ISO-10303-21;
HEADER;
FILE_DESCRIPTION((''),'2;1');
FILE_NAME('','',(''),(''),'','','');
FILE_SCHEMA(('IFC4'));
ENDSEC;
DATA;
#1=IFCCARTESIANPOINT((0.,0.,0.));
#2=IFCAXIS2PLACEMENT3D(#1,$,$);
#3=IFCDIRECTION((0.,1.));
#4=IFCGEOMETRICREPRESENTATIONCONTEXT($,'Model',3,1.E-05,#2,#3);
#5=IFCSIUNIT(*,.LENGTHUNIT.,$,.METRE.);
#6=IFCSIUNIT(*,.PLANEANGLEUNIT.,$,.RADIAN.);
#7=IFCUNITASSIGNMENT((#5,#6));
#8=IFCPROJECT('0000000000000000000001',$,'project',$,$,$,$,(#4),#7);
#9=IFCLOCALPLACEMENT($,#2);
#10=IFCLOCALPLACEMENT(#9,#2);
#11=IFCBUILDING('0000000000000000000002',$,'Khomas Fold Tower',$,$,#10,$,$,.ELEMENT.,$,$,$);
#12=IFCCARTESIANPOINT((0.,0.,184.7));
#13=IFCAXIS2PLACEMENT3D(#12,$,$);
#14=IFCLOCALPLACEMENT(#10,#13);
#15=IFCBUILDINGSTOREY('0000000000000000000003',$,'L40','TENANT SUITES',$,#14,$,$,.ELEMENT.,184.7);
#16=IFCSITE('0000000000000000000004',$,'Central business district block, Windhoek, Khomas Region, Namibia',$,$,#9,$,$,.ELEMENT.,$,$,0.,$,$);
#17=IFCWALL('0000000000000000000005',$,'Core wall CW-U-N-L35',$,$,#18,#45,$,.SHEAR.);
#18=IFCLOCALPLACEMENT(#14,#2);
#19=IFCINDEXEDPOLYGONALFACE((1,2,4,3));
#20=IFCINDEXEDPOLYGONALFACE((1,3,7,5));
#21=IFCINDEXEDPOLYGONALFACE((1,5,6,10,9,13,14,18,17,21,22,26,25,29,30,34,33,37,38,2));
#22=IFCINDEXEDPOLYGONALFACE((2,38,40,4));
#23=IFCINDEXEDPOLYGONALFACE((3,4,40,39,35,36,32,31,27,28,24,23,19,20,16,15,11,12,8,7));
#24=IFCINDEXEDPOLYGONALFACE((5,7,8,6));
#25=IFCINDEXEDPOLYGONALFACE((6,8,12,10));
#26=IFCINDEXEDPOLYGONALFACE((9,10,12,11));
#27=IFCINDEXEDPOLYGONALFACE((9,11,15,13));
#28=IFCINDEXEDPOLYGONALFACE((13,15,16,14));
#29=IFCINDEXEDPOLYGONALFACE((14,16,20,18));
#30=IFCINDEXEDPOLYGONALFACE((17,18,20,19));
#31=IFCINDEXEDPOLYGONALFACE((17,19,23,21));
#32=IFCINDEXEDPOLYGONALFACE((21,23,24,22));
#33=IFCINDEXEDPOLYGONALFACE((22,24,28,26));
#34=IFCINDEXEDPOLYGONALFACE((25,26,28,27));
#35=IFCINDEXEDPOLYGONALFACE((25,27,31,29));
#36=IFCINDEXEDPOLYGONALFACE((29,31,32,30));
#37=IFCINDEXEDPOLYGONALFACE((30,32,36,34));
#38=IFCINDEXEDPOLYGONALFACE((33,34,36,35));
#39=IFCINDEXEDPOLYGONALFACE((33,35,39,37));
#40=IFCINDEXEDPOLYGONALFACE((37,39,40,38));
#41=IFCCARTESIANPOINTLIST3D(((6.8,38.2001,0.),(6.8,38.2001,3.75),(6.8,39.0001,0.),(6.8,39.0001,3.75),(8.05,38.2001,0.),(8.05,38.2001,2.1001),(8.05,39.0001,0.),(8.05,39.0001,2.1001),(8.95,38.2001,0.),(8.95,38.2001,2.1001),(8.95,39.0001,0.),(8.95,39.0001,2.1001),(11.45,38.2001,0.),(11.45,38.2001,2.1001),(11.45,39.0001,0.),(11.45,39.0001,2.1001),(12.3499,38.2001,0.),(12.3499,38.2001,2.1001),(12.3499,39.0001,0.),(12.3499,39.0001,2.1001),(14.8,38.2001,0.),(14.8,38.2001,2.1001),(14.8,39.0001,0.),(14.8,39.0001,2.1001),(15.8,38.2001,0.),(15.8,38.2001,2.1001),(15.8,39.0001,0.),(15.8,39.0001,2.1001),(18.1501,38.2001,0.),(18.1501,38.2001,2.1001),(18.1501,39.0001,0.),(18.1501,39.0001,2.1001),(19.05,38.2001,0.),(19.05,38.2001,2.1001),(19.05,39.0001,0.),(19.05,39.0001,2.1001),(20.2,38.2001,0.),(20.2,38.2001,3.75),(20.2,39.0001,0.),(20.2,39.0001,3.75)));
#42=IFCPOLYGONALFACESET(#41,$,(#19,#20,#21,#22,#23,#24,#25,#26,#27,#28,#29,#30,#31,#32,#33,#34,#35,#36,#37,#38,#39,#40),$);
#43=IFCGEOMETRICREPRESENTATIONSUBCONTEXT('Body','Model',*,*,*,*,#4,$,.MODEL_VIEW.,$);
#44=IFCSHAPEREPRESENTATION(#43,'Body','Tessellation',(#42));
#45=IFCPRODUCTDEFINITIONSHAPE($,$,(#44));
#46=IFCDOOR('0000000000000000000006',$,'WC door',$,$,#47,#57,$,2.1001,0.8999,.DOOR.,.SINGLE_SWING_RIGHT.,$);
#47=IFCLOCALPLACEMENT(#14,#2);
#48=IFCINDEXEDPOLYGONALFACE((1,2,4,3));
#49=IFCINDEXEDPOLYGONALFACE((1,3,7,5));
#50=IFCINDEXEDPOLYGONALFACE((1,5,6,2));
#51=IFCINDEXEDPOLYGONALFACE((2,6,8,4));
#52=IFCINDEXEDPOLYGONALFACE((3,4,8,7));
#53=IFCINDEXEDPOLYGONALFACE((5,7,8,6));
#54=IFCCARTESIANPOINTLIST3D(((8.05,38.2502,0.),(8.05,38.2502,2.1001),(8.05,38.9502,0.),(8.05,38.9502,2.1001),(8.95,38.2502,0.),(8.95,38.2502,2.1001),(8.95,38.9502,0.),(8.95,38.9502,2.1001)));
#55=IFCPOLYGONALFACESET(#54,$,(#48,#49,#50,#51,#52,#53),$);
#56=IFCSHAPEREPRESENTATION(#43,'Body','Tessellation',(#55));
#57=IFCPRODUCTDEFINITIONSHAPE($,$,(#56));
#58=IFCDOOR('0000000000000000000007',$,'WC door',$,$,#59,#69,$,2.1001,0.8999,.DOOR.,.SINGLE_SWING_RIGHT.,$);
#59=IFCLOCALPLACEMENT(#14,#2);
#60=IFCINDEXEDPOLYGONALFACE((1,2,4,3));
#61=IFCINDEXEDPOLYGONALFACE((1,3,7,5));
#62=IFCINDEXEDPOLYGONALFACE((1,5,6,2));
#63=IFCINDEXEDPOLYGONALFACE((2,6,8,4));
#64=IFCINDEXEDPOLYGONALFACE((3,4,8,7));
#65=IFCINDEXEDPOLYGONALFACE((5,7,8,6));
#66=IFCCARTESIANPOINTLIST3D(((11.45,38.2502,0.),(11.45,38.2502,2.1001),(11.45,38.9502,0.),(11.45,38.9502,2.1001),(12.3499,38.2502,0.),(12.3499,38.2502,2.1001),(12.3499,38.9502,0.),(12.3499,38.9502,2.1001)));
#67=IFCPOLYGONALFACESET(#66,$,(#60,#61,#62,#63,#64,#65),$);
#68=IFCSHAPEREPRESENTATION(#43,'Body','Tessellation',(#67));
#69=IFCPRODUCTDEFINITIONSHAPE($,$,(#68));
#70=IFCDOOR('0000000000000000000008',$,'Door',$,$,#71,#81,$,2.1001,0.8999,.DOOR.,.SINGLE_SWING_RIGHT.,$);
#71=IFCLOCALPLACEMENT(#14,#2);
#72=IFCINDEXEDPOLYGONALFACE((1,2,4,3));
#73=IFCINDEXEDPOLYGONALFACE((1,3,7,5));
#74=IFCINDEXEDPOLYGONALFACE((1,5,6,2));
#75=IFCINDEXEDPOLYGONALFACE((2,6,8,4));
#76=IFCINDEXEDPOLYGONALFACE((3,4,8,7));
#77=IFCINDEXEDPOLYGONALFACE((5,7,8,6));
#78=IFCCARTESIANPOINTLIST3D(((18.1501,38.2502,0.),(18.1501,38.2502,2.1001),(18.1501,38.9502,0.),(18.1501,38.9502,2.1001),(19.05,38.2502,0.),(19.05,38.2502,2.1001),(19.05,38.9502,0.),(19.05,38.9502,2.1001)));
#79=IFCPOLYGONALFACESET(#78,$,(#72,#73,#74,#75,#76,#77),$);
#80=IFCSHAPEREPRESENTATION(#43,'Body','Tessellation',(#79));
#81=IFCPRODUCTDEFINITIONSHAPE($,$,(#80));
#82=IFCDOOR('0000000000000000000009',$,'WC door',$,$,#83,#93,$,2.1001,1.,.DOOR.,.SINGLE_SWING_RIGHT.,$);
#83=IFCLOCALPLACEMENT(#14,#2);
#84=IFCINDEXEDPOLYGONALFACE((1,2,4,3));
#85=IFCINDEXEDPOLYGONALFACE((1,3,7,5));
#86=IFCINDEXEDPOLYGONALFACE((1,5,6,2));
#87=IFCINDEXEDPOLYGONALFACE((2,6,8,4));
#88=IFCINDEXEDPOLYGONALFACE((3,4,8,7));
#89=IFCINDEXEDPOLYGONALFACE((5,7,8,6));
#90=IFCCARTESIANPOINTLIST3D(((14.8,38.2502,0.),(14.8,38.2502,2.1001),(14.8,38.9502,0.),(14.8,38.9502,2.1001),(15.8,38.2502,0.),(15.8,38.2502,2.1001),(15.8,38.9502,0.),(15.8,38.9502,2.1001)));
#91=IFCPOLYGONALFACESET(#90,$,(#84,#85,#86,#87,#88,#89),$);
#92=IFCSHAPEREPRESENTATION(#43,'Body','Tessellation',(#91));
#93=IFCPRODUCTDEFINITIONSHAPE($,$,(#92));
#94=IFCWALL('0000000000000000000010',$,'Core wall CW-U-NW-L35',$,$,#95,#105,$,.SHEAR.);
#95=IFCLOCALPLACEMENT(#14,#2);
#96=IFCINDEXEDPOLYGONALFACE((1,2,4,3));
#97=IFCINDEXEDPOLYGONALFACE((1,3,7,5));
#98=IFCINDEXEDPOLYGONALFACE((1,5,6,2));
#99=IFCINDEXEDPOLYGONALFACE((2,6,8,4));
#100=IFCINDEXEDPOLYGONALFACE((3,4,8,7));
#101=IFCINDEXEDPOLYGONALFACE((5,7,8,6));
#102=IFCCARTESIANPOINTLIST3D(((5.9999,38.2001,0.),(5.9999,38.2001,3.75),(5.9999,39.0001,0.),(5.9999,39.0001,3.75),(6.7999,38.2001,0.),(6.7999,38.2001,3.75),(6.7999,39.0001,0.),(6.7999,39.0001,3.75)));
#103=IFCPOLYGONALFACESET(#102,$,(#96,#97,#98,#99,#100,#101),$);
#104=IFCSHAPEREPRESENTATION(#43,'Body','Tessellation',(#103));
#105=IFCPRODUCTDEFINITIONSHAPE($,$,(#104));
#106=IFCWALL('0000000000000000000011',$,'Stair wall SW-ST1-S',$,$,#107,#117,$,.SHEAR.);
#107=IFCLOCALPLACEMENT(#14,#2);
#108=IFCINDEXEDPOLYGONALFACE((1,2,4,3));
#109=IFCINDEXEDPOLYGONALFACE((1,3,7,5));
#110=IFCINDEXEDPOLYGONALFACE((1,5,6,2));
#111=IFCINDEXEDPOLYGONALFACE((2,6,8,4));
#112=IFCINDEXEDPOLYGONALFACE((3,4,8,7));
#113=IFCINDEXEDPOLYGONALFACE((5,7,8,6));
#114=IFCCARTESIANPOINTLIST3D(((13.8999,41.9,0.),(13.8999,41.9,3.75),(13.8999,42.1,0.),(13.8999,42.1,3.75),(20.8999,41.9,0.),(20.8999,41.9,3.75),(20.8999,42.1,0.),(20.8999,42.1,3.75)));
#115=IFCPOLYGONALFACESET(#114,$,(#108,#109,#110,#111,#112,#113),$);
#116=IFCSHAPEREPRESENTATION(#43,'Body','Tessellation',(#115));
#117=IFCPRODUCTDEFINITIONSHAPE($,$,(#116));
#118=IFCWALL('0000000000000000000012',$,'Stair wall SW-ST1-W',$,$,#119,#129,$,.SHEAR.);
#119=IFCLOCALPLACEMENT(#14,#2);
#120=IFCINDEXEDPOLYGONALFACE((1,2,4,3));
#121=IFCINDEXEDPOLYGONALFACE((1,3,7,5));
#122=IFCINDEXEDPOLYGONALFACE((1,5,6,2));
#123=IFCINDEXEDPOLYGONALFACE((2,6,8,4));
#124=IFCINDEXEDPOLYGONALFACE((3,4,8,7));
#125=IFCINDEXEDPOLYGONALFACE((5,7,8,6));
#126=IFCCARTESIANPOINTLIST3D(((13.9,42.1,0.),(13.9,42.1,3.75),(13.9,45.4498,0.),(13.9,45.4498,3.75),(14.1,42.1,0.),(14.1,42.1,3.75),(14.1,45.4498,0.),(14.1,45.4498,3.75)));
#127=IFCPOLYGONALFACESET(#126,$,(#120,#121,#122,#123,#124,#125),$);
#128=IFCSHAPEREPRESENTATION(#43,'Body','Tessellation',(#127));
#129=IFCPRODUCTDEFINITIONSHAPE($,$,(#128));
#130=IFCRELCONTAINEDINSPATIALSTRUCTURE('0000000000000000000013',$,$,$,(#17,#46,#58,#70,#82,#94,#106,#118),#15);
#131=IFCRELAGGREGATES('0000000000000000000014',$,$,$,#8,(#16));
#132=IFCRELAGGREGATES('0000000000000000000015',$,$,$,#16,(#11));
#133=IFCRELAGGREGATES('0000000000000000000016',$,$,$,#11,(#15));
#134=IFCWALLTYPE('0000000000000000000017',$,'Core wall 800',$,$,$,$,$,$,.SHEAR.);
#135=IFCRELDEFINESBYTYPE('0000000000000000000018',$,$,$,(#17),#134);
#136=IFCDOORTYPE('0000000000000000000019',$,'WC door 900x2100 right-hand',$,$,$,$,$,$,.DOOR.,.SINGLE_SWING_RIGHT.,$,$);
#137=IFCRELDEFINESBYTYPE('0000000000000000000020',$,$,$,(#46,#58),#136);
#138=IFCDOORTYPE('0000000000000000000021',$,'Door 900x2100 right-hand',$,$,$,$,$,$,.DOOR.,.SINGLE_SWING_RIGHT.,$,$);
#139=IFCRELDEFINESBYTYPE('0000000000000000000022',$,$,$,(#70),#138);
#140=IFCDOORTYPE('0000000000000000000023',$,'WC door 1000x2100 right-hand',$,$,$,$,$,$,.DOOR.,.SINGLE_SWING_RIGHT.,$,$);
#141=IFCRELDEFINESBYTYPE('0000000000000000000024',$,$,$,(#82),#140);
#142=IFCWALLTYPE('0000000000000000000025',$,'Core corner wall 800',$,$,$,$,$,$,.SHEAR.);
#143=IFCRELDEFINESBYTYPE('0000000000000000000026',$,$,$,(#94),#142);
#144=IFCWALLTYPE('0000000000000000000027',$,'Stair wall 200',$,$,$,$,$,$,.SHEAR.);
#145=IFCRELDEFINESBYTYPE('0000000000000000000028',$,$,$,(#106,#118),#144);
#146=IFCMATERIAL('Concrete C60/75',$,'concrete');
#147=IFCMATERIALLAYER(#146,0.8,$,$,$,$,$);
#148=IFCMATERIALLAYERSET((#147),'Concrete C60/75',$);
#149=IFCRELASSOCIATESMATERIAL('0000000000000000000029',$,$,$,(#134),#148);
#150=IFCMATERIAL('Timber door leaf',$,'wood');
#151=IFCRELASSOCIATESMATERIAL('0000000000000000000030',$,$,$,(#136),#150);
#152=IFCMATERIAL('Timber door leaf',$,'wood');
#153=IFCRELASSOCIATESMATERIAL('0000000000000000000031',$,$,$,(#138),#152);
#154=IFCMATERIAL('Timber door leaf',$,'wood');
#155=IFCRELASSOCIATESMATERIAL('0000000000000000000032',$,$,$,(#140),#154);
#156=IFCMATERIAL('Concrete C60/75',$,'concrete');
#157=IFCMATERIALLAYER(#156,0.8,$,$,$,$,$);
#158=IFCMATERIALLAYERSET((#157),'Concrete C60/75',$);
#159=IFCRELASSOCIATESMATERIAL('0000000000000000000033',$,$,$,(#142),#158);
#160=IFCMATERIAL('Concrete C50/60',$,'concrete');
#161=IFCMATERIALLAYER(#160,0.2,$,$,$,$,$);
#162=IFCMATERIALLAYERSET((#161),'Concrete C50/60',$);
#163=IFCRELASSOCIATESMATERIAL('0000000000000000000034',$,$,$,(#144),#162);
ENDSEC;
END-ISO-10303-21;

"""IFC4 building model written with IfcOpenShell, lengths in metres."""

from ifc_helpers import new_model, si_unit, direction, frame, frame_2d, origin, place, context, subcontext, project, spatial, rectangle, extrude, source, transform, mapped, material, layer, layer_set, type_object, element, fill, save


model = new_model("IFC4")

# Units and contexts
model_context = context("Model", 3, precision=1e-05, world=origin(), true_north=direction((0.0, 1.0)))
body_context = subcontext(model_context, "Body", "Model", "MODEL_VIEW")
ifc_project = project(units=[si_unit("LENGTHUNIT", "METRE"), si_unit("PLANEANGLEUNIT", "RADIAN")], contexts=[model_context])

# Site, building, storey
site_placement = place(None, origin())
site = spatial("IfcSite", under=ifc_project, at=site_placement, Name="Central business district block, Windhoek, Khomas Region, Namibia", CompositionType="ELEMENT", RefElevation=0.0)
building_placement = place(site_placement, origin())
building = spatial("IfcBuilding", under=site, at=building_placement, Name="Khomas Fold Tower", CompositionType="ELEMENT")
storey_placement = place(building_placement, frame((0.0, 0.0, 184.7)))
storey = spatial("IfcBuildingStorey", under=building, at=storey_placement, Name="L40", Description="TENANT SUITES", CompositionType="ELEMENT", Elevation=184.7)

# Wall, openings, doors
ifc_material_1 = material(Name="Concrete C60/75", Category="concrete")
ifc_layer_1 = layer(ifc_material_1, 0.8)
ifc_layer_set_1 = layer_set([ifc_layer_1], Name="Concrete C60/75")
wall_type_1 = type_object("IfcWallType", Name="Core wall 800", PredefinedType="SHEAR", material=ifc_layer_set_1)
shared_shape_1 = source(origin(), body_context, "Body", "SweptSolid", [
    extrude(rectangle(XDim=13.3999, YDim=0.8, at=frame_2d((6.7, 0.0))), origin(), (0.0, 0.0, 1.0), 3.75),
])
wall_1_placement = place(storey_placement, frame((6.8, 38.6001, 0.0), z_axis=(0.0, 0.0, 1.0), x_axis=(1.0, 0.0, 0.0)))
wall_1 = element("IfcWall", 1, at=wall_1_placement, inside=storey, type_object=wall_type_1, Name="Core wall CW-U-N-L35", PredefinedType="SHEAR", context=body_context, shape_type="MappedRepresentation", body=[
    mapped(shared_shape_1, transform((0.0, 0.0, 0.0))),
])
shared_shape_2 = source(origin(), body_context, "Body", "SweptSolid", [
    extrude(rectangle(XDim=0.8999, YDim=2.1001, at=frame_2d((0.45, 1.05))), frame((0.0, 0.4099, 0.0), z_axis=(0.0, -1.0, 0.0), x_axis=(1.0, 0.0, 0.0)), (0.0, 0.0, 1.0), 0.8201),
])
opening_1_placement = place(wall_1_placement, frame((1.25, 0.0, 0.0)))
opening_1 = element("IfcOpeningElement", 2, at=opening_1_placement, cuts=wall_1, PredefinedType="OPENING", context=body_context, shape_type="MappedRepresentation", body=[
    mapped(shared_shape_2, transform((0.0, 0.0, 0.0))),
])
opening_2_placement = place(wall_1_placement, frame((4.6499, 0.0, 0.0)))
opening_2 = element("IfcOpeningElement", 3, at=opening_2_placement, cuts=wall_1, PredefinedType="OPENING", context=body_context, shape_type="MappedRepresentation", body=[
    mapped(shared_shape_2, transform((0.0, 0.0, 0.0))),
])
shared_shape_3 = source(origin(), body_context, "Body", "SweptSolid", [
    extrude(rectangle(XDim=1.0, YDim=2.1001, at=frame_2d((0.5, 1.05))), frame((0.0, 0.4099, 0.0), z_axis=(0.0, -1.0, 0.0), x_axis=(1.0, 0.0, 0.0)), (0.0, 0.0, 1.0), 0.8201),
])
opening_3_placement = place(wall_1_placement, frame((8.0, 0.0, 0.0)))
opening_3 = element("IfcOpeningElement", 4, at=opening_3_placement, cuts=wall_1, PredefinedType="OPENING", context=body_context, shape_type="MappedRepresentation", body=[
    mapped(shared_shape_3, transform((0.0, 0.0, 0.0))),
])
opening_4_placement = place(wall_1_placement, frame((11.3501, 0.0, 0.0)))
opening_4 = element("IfcOpeningElement", 5, at=opening_4_placement, cuts=wall_1, PredefinedType="OPENING", context=body_context, shape_type="MappedRepresentation", body=[
    mapped(shared_shape_2, transform((0.0, 0.0, 0.0))),
])
ifc_material_2 = material(Name="Timber door leaf", Category="wood")
door_type_1 = type_object("IfcDoorType", Name="WC door 900x2100 right-hand", OperationType="SINGLE_SWING_RIGHT", PredefinedType="DOOR", material=ifc_material_2)
shared_shape_4 = source(origin(), body_context, "Body", "SweptSolid", [
    extrude(rectangle(XDim=0.8999, YDim=2.1001, at=frame_2d((0.45, 1.05))), frame((0.0, 0.3501, 0.0), z_axis=(0.0, -1.0, 0.0), x_axis=(1.0, 0.0, 0.0)), (0.0, 0.0, 1.0), 0.7),
])
door_1_placement = place(opening_1_placement, origin())
door_1 = element("IfcDoor", 6, at=door_1_placement, inside=storey, type_object=door_type_1, Name="WC door", OperationType="SINGLE_SWING_RIGHT", OverallHeight=2.1001, OverallWidth=0.8999, PredefinedType="DOOR", context=body_context, shape_type="MappedRepresentation", body=[
    mapped(shared_shape_4, transform((0.0, 0.0, 0.0))),
])
fill(opening_1, door_1)
door_2_placement = place(opening_2_placement, origin())
door_2 = element("IfcDoor", 7, at=door_2_placement, inside=storey, type_object=door_type_1, Name="WC door", OperationType="SINGLE_SWING_RIGHT", OverallHeight=2.1001, OverallWidth=0.8999, PredefinedType="DOOR", context=body_context, shape_type="MappedRepresentation", body=[
    mapped(shared_shape_4, transform((0.0, 0.0, 0.0))),
])
fill(opening_2, door_2)
ifc_material_3 = material(Name="Timber door leaf", Category="wood")
door_type_2 = type_object("IfcDoorType", Name="Door 900x2100 right-hand", OperationType="SINGLE_SWING_RIGHT", PredefinedType="DOOR", material=ifc_material_3)
door_3_placement = place(opening_4_placement, origin())
door_3 = element("IfcDoor", 8, at=door_3_placement, inside=storey, type_object=door_type_2, Name="Door", OperationType="SINGLE_SWING_RIGHT", OverallHeight=2.1001, OverallWidth=0.8999, PredefinedType="DOOR", context=body_context, shape_type="MappedRepresentation", body=[
    mapped(shared_shape_4, transform((0.0, 0.0, 0.0))),
])
fill(opening_4, door_3)
ifc_material_4 = material(Name="Timber door leaf", Category="wood")
door_type_3 = type_object("IfcDoorType", Name="WC door 1000x2100 right-hand", OperationType="SINGLE_SWING_RIGHT", PredefinedType="DOOR", material=ifc_material_4)
shared_shape_5 = source(origin(), body_context, "Body", "SweptSolid", [
    extrude(rectangle(XDim=1.0, YDim=2.1001, at=frame_2d((0.5, 1.05))), frame((0.0, 0.3501, 0.0), z_axis=(0.0, -1.0, 0.0), x_axis=(1.0, 0.0, 0.0)), (0.0, 0.0, 1.0), 0.7),
])
door_4_placement = place(opening_3_placement, origin())
door_4 = element("IfcDoor", 9, at=door_4_placement, inside=storey, type_object=door_type_3, Name="WC door", OperationType="SINGLE_SWING_RIGHT", OverallHeight=2.1001, OverallWidth=1.0, PredefinedType="DOOR", context=body_context, shape_type="MappedRepresentation", body=[
    mapped(shared_shape_5, transform((0.0, 0.0, 0.0))),
])
fill(opening_3, door_4)

# Walls
ifc_material_5 = material(Name="Concrete C60/75", Category="concrete")
ifc_layer_2 = layer(ifc_material_5, 0.8)
ifc_layer_set_2 = layer_set([ifc_layer_2], Name="Concrete C60/75")
wall_type_2 = type_object("IfcWallType", Name="Core corner wall 800", PredefinedType="SHEAR", material=ifc_layer_set_2)
shared_shape_6 = source(origin(), body_context, "Body", "SweptSolid", [
    extrude(rectangle(XDim=0.8, YDim=0.8, at=frame_2d((0.3999, 0.0))), origin(), (0.0, 0.0, 1.0), 3.75),
])
wall_2_placement = place(storey_placement, frame((6.0, 38.6001, 0.0), z_axis=(0.0, 0.0, 1.0), x_axis=(1.0, 0.0, 0.0)))
element("IfcWall", 10, at=wall_2_placement, inside=storey, type_object=wall_type_2, Name="Core wall CW-U-NW-L35", PredefinedType="SHEAR", context=body_context, shape_type="MappedRepresentation", body=[
    mapped(shared_shape_6, transform((0.0, 0.0, 0.0))),
])
ifc_material_6 = material(Name="Concrete C50/60", Category="concrete")
ifc_layer_3 = layer(ifc_material_6, 0.2)
ifc_layer_set_3 = layer_set([ifc_layer_3], Name="Concrete C50/60")
wall_type_3 = type_object("IfcWallType", Name="Stair wall 200", PredefinedType="SHEAR", material=ifc_layer_set_3)
shared_shape_7 = source(origin(), body_context, "Body", "SweptSolid", [
    extrude(rectangle(XDim=7.0, YDim=0.2, at=frame_2d((3.5, 0.0))), origin(), (0.0, 0.0, 1.0), 3.75),
])
wall_3_placement = place(storey_placement, frame((13.8999, 42.0, 0.0), z_axis=(0.0, 0.0, 1.0), x_axis=(1.0, 0.0, 0.0)))
element("IfcWall", 11, at=wall_3_placement, inside=storey, type_object=wall_type_3, Name="Stair wall SW-ST1-S", PredefinedType="SHEAR", context=body_context, shape_type="MappedRepresentation", body=[
    mapped(shared_shape_7, transform((0.0, 0.0, 0.0))),
])
shared_shape_8 = source(origin(), body_context, "Body", "SweptSolid", [
    extrude(rectangle(XDim=3.3499, YDim=0.2, at=frame_2d((1.6748, 0.0))), origin(), (0.0, 0.0, 1.0), 3.75),
])
wall_4_placement = place(storey_placement, frame((14.0, 42.1001, 0.0), z_axis=(0.0, 0.0, 1.0), x_axis=(0.0, 1.0, 0.0)))
element("IfcWall", 12, at=wall_4_placement, inside=storey, type_object=wall_type_3, Name="Stair wall SW-ST1-W", PredefinedType="SHEAR", context=body_context, shape_type="MappedRepresentation", body=[
    mapped(shared_shape_8, transform((0.0, 0.0, 0.0))),
])

save(model, "model.ifc")
